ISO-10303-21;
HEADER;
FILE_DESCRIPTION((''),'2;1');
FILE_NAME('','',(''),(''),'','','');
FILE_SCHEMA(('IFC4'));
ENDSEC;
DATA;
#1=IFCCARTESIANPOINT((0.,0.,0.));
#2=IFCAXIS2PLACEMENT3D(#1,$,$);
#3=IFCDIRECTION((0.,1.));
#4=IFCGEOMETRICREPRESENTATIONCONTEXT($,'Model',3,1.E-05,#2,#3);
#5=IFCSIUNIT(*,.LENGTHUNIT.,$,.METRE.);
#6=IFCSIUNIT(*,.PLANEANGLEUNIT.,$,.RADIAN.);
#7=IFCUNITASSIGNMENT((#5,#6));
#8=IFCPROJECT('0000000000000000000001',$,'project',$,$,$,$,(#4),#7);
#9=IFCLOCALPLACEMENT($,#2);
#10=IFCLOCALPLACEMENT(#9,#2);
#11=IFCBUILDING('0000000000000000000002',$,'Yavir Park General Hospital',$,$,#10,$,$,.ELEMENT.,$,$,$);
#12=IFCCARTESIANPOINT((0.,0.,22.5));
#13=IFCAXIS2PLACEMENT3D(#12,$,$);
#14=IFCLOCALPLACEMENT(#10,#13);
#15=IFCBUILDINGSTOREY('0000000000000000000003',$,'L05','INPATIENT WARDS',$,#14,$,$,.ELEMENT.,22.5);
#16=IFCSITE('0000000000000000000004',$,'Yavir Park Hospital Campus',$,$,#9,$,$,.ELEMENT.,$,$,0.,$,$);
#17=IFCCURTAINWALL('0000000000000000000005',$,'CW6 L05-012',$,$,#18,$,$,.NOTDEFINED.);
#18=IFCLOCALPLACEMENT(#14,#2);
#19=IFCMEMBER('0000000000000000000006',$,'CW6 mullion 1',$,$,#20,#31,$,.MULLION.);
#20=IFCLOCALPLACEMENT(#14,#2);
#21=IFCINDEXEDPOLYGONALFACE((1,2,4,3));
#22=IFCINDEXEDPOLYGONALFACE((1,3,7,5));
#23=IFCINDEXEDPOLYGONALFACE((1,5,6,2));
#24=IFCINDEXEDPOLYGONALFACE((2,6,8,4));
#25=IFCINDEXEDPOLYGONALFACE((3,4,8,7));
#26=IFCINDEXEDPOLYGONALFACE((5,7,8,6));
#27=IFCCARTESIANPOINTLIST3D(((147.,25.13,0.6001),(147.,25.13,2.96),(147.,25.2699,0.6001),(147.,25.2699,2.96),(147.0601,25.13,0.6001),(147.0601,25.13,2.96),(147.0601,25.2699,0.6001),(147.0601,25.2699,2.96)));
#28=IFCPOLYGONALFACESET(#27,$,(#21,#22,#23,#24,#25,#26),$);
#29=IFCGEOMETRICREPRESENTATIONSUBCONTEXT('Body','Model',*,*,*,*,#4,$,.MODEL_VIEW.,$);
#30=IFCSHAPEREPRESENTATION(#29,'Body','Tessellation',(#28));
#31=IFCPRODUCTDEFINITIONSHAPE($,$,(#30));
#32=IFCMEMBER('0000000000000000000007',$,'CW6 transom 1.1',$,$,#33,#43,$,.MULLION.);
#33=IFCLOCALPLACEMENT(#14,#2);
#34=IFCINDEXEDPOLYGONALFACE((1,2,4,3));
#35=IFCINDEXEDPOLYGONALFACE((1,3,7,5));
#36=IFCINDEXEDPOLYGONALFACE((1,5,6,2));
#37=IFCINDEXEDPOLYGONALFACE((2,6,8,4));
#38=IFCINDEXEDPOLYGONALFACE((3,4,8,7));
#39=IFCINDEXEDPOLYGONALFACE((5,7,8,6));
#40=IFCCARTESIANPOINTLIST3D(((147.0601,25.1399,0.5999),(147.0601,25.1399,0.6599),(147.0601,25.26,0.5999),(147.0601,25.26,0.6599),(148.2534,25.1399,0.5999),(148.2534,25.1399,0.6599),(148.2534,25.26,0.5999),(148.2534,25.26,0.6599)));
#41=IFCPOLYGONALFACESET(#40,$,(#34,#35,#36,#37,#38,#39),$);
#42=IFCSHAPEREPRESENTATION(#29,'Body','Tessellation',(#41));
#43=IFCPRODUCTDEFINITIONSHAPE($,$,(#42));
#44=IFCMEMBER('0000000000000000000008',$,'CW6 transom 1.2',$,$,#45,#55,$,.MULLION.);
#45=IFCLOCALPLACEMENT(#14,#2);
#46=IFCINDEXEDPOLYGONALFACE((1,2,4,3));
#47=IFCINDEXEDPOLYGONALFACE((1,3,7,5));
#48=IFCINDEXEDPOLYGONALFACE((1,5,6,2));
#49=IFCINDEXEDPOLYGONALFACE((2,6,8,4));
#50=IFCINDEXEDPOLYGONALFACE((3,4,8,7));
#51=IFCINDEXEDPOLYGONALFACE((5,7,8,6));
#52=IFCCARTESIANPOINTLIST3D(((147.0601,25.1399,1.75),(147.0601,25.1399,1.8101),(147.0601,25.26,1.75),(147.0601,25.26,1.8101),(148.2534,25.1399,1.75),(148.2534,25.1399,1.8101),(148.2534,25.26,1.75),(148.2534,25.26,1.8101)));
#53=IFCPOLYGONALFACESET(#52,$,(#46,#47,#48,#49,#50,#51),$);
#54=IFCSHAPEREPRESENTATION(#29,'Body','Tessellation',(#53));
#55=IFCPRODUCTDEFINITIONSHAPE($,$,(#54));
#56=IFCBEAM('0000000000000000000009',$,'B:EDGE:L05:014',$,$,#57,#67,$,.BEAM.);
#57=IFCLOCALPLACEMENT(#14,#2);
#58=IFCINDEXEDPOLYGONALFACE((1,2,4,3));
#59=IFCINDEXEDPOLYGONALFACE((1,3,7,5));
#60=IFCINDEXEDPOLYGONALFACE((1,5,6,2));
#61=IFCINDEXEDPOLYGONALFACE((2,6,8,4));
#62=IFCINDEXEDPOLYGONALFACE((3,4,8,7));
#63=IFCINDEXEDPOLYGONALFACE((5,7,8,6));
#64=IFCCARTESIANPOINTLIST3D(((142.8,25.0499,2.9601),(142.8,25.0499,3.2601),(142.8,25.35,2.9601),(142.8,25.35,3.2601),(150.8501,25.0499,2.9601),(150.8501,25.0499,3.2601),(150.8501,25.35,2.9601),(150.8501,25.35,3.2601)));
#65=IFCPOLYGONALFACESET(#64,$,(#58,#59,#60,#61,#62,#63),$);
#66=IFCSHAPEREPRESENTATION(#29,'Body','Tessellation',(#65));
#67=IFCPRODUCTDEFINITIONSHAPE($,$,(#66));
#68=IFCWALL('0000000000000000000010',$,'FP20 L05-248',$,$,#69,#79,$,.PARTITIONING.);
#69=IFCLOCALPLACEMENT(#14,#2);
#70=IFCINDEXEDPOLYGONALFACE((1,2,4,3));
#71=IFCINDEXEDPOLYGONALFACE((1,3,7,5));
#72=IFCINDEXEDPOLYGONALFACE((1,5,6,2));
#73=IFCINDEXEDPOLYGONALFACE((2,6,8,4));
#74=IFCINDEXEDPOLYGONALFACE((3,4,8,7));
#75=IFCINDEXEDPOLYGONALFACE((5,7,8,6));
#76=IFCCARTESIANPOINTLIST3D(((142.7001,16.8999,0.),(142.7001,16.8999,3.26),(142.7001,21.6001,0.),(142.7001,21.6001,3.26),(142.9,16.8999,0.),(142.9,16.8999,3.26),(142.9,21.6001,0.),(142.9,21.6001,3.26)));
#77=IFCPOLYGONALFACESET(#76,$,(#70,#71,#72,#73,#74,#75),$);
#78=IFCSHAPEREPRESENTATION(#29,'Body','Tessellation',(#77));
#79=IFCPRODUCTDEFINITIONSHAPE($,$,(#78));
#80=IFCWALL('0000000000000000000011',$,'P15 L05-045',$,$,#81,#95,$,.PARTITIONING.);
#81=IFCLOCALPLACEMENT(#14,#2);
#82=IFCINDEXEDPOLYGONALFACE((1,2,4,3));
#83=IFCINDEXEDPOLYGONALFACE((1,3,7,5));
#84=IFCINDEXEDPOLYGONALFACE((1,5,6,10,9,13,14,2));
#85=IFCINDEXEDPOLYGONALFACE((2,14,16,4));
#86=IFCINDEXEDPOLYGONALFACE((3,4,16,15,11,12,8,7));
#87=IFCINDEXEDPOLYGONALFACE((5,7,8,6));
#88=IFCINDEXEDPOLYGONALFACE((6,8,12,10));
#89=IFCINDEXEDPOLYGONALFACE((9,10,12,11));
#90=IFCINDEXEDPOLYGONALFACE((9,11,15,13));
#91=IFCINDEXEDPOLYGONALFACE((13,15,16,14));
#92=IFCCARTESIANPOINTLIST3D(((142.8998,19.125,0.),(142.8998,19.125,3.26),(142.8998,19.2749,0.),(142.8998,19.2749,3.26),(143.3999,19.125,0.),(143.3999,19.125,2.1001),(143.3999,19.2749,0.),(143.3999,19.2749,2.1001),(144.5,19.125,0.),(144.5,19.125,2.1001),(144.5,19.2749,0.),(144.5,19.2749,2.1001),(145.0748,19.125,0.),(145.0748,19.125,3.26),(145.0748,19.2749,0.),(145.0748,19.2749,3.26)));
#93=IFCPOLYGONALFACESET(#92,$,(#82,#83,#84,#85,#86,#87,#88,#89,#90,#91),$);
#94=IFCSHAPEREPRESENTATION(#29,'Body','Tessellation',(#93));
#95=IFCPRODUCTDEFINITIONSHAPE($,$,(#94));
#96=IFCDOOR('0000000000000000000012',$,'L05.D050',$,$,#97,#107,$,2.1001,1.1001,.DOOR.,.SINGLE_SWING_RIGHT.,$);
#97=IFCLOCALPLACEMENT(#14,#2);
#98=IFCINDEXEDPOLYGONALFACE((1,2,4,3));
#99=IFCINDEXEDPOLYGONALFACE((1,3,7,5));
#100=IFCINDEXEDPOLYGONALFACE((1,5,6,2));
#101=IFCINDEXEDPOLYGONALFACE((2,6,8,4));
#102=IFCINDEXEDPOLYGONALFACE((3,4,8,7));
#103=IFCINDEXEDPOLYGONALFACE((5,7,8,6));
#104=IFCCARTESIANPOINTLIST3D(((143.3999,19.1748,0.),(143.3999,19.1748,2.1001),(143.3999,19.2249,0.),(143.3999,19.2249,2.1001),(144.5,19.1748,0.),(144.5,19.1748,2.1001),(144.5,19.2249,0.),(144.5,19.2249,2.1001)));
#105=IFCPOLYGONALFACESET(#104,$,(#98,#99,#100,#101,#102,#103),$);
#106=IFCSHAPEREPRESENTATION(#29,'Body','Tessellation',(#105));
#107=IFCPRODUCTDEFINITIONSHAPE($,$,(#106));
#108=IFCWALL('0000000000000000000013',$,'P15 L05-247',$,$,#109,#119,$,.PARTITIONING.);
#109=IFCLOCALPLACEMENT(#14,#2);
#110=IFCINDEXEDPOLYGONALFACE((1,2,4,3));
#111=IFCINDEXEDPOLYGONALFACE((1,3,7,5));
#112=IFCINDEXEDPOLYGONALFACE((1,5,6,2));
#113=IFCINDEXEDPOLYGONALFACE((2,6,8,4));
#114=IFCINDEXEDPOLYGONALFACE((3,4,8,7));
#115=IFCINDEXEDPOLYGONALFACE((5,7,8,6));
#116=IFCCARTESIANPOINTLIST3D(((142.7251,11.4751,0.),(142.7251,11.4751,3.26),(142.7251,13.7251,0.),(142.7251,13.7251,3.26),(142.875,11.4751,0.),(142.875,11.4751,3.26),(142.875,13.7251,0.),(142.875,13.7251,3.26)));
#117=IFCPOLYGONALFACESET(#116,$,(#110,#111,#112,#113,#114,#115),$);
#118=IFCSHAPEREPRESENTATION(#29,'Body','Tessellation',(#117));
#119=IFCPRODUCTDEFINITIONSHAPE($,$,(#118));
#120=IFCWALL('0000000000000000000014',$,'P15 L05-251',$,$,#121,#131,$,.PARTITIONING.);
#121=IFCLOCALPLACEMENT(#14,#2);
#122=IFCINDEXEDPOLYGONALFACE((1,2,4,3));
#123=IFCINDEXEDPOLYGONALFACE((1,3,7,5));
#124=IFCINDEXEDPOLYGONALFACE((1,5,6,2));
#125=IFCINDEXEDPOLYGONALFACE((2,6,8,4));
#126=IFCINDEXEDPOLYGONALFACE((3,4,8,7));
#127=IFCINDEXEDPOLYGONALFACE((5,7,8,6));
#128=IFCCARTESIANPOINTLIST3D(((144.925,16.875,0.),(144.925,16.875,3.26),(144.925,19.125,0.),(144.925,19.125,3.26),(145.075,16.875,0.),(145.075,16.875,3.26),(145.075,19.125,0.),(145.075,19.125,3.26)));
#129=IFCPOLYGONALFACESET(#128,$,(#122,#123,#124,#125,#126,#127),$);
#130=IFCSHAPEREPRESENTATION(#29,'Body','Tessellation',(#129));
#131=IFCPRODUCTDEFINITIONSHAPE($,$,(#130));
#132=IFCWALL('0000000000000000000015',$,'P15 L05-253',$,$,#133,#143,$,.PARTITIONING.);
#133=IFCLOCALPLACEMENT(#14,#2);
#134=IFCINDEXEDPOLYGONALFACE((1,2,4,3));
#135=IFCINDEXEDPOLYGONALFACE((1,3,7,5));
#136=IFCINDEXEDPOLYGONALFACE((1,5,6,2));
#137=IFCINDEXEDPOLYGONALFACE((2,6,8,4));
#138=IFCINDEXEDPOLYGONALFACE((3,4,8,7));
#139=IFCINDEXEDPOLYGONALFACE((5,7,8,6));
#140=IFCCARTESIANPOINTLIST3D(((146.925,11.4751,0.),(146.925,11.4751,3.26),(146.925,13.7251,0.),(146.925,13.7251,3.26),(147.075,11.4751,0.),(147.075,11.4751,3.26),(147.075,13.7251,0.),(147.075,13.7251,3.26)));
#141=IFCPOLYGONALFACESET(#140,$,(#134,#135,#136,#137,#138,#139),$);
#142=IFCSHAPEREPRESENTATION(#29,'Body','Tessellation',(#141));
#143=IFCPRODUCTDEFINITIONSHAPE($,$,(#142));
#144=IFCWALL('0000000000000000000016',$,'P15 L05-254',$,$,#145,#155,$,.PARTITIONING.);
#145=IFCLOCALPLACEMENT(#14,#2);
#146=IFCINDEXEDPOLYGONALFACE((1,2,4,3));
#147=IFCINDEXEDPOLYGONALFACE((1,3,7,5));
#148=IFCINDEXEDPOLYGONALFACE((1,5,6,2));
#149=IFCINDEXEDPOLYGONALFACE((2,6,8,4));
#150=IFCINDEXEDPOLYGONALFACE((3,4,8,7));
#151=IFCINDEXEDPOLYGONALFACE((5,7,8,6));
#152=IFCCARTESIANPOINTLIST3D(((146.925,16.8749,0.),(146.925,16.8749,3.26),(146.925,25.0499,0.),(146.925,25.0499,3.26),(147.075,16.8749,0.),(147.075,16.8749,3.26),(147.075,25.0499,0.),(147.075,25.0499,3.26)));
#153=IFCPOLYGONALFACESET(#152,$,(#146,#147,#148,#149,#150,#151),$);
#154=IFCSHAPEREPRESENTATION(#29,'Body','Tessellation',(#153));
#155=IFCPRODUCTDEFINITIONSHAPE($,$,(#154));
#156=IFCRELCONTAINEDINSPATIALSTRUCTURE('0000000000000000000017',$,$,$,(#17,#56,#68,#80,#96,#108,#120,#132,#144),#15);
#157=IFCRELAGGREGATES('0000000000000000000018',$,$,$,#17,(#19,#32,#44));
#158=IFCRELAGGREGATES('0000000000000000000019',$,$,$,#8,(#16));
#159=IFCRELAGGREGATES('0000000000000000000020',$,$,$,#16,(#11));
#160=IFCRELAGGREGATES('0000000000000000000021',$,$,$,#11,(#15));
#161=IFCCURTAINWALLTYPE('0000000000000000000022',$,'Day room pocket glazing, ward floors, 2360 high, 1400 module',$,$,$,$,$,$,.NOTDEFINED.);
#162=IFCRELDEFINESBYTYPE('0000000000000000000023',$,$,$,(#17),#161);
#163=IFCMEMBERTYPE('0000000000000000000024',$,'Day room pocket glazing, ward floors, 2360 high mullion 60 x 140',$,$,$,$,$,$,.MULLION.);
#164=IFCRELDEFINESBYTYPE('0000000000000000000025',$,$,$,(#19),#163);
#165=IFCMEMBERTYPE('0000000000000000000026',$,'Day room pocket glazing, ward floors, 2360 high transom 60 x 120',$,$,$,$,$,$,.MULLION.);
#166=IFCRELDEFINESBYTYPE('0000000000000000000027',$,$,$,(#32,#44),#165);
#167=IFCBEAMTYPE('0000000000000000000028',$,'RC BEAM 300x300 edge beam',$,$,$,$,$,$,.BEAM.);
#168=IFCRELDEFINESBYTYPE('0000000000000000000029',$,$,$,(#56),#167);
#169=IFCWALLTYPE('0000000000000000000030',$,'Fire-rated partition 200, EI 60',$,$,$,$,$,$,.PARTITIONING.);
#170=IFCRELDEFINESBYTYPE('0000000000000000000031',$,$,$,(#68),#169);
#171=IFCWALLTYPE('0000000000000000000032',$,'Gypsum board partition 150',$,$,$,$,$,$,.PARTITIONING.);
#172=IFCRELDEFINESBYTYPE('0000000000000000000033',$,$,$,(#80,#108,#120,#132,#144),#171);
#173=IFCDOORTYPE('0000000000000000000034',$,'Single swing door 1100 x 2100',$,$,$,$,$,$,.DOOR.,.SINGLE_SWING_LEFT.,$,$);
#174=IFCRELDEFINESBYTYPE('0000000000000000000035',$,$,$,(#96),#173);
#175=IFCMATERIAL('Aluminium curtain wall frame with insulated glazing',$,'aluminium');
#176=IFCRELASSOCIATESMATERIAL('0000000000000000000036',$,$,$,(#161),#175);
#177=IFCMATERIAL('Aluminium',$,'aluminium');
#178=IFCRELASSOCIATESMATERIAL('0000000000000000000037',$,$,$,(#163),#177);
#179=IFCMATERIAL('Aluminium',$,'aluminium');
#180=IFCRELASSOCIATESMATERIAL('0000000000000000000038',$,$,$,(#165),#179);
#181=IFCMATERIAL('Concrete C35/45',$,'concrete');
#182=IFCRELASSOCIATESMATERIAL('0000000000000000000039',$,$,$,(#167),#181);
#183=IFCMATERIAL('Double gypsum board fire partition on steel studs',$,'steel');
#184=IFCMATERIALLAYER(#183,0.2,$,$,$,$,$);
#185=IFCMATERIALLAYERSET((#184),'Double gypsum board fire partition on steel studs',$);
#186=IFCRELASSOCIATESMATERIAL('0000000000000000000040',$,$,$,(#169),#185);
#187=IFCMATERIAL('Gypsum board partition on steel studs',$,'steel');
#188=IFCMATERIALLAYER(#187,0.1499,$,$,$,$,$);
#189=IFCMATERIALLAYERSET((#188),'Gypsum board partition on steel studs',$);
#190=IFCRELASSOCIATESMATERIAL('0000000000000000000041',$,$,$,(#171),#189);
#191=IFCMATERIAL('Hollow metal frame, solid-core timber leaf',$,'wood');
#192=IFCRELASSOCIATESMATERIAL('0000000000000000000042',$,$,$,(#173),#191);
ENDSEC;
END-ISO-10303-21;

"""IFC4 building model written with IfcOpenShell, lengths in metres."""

from ifc_helpers import new_model, si_unit, direction, frame, frame_2d, origin, origin_2d, place, context, subcontext, project, spatial, rectangle, extrude, material, layer, layer_set, material_profile, profile_set, type_object, element, fill, aggregate, save


model = new_model("IFC4")

# Units and contexts
model_context = context("Model", 3, precision=1e-05, world=origin(), true_north=direction((0.0, 1.0)))
body_context = subcontext(model_context, "Body", "Model", "MODEL_VIEW")
ifc_project = project(units=[si_unit("LENGTHUNIT", "METRE"), si_unit("PLANEANGLEUNIT", "RADIAN")], contexts=[model_context])

# Site, building, storey
site_placement = place(None, origin())
site = spatial("IfcSite", under=ifc_project, at=site_placement, Name="Yavir Park Hospital Campus", CompositionType="ELEMENT", RefElevation=0.0)
building_placement = place(site_placement, origin())
building = spatial("IfcBuilding", under=site, at=building_placement, Name="Yavir Park General Hospital", CompositionType="ELEMENT")
storey_placement = place(building_placement, frame((0.0, 0.0, 22.5)))
storey = spatial("IfcBuildingStorey", under=building, at=storey_placement, Name="L05", Description="INPATIENT WARDS", CompositionType="ELEMENT", Elevation=22.5)

# Curtain wall, members
ifc_material_1 = material(Name="Aluminium curtain wall frame with insulated glazing", Category="aluminium")
curtain_wall_type = type_object("IfcCurtainWallType", Name="Day room pocket glazing, ward floors, 2360 high, 1400 module", PredefinedType="NOTDEFINED", material=ifc_material_1)
curtain_wall_placement = place(storey_placement, origin())
curtain_wall = element("IfcCurtainWall", 1, at=curtain_wall_placement, inside=storey, type_object=curtain_wall_type, Name="CW6 L05-012", PredefinedType="NOTDEFINED")
ifc_material_2 = material(Name="Aluminium", Category="aluminium")
ifc_material_profile_1 = material_profile(ifc_material_2, rectangle(XDim=0.1399, YDim=0.0601, at=origin_2d()), Name="AL 60x140")
ifc_profile_set_1 = profile_set([ifc_material_profile_1], Name="Aluminium")
member_type_1 = type_object("IfcMemberType", Name="Day room pocket glazing, ward floors, 2360 high mullion 60 x 140", PredefinedType="MULLION", material=ifc_profile_set_1)
member_1_placement = place(storey_placement, frame((147.03, 25.2, 0.6001), z_axis=(0.0, 0.0, 1.0), x_axis=(0.0, 1.0, 0.0)))
member_1 = element("IfcMember", 2, at=member_1_placement, type_object=member_type_1, Name="CW6 mullion 1", PredefinedType="MULLION", context=body_context, shape_type="SweptSolid", body=[
    extrude(rectangle(XDim=0.1399, YDim=0.0601, at=origin_2d()), origin(), (0.0, 0.0, 1.0), 2.3599),
])
ifc_material_3 = material(Name="Aluminium", Category="aluminium")
ifc_material_profile_2 = material_profile(ifc_material_3, rectangle(XDim=0.1201, YDim=0.0601, at=origin_2d()), Name="AL 120x60")
ifc_profile_set_2 = profile_set([ifc_material_profile_2], Name="Aluminium")
member_type_2 = type_object("IfcMemberType", Name="Day room pocket glazing, ward floors, 2360 high transom 60 x 120", PredefinedType="MULLION", material=ifc_profile_set_2)
member_2_placement = place(storey_placement, frame((147.0601, 25.2, 0.6299), z_axis=(1.0, 0.0, 0.0), x_axis=(0.0, 1.0, 0.0)))
member_2 = element("IfcMember", 3, at=member_2_placement, type_object=member_type_2, Name="CW6 transom 1.1", PredefinedType="MULLION", context=body_context, shape_type="SweptSolid", body=[
    extrude(rectangle(XDim=0.1201, YDim=0.0601, at=origin_2d()), origin(), (0.0, 0.0, 1.0), 1.1934),
])
member_3_placement = place(storey_placement, frame((147.0601, 25.2, 1.78), z_axis=(1.0, 0.0, 0.0), x_axis=(0.0, 1.0, 0.0)))
member_3 = element("IfcMember", 4, at=member_3_placement, type_object=member_type_2, Name="CW6 transom 1.2", PredefinedType="MULLION", context=body_context, shape_type="SweptSolid", body=[
    extrude(rectangle(XDim=0.1201, YDim=0.0601, at=origin_2d()), origin(), (0.0, 0.0, 1.0), 1.1934),
])
aggregate(curtain_wall, [member_1, member_2, member_3])

# Beam
ifc_material_4 = material(Name="Concrete C35/45", Category="concrete")
ifc_material_profile_3 = material_profile(ifc_material_4, rectangle(XDim=0.3, YDim=0.3, at=origin_2d()), Name="RC300x300")
ifc_profile_set_3 = profile_set([ifc_material_profile_3], Name="Concrete C35/45")
beam_type = type_object("IfcBeamType", Name="RC BEAM 300x300 edge beam", PredefinedType="BEAM", material=ifc_profile_set_3)
beam_placement = place(storey_placement, frame((142.8, 25.2, 3.1101), z_axis=(1.0, 0.0, 0.0), x_axis=(0.0, 1.0, 0.0)))
element("IfcBeam", 5, at=beam_placement, inside=storey, type_object=beam_type, Name="B:EDGE:L05:014", PredefinedType="BEAM", context=body_context, shape_type="SweptSolid", body=[
    extrude(rectangle(XDim=0.3, YDim=0.3, at=origin_2d()), origin(), (0.0, 0.0, 1.0), 8.05),
])

# Wall
ifc_material_5 = material(Name="Double gypsum board fire partition on steel studs", Category="steel")
ifc_layer_1 = layer(ifc_material_5, 0.2)
ifc_layer_set_1 = layer_set([ifc_layer_1], Name="Double gypsum board fire partition on steel studs")
wall_type_1 = type_object("IfcWallType", Name="Fire-rated partition 200, EI 60", PredefinedType="PARTITIONING", material=ifc_layer_set_1)
wall_1_placement = place(storey_placement, frame((142.8, 16.8999, 0.0), z_axis=(0.0, 0.0, 1.0), x_axis=(0.0, 1.0, 0.0)))
element("IfcWall", 6, at=wall_1_placement, inside=storey, type_object=wall_type_1, Name="FP20 L05-248", PredefinedType="PARTITIONING", context=body_context, shape_type="SweptSolid", body=[
    extrude(rectangle(XDim=4.7002, YDim=0.2, at=frame_2d((2.3501, 0.0))), origin(), (0.0, 0.0, 1.0), 3.26),
])

# Wall, opening, door
ifc_material_6 = material(Name="Gypsum board partition on steel studs", Category="steel")
ifc_layer_2 = layer(ifc_material_6, 0.1499)
ifc_layer_set_2 = layer_set([ifc_layer_2], Name="Gypsum board partition on steel studs")
wall_type_2 = type_object("IfcWallType", Name="Gypsum board partition 150", PredefinedType="PARTITIONING", material=ifc_layer_set_2)
wall_2_placement = place(storey_placement, frame((142.8999, 19.2, 0.0), z_axis=(0.0, 0.0, 1.0), x_axis=(1.0, 0.0, 0.0)))
wall_2 = element("IfcWall", 7, at=wall_2_placement, inside=storey, type_object=wall_type_2, Name="P15 L05-045", PredefinedType="PARTITIONING", context=body_context, shape_type="SweptSolid", body=[
    extrude(rectangle(XDim=2.175, YDim=0.1499, at=frame_2d((1.0874, 0.0))), origin(), (0.0, 0.0, 1.0), 3.26),
])
opening_1_placement = place(wall_2_placement, frame((0.5, 0.0, 0.0)))
opening_1 = element("IfcOpeningElement", 8, at=opening_1_placement, cuts=wall_2, PredefinedType="OPENING", context=body_context, shape_type="SweptSolid", body=[
    extrude(rectangle(XDim=1.1001, YDim=2.1001, at=frame_2d((0.55, 1.05))), frame((0.0, 0.085, 0.0), z_axis=(0.0, -1.0, 0.0), x_axis=(1.0, 0.0, 0.0)), (0.0, 0.0, 1.0), 0.1699),
])
ifc_material_7 = material(Name="Hollow metal frame, solid-core timber leaf", Category="wood")
door_type_1 = type_object("IfcDoorType", Name="Single swing door 1100 x 2100", OperationType="SINGLE_SWING_LEFT", PredefinedType="DOOR", material=ifc_material_7)
door_1_placement = place(opening_1_placement, origin())
door_1 = element("IfcDoor", 9, at=door_1_placement, inside=storey, type_object=door_type_1, Name="L05.D050", OperationType="SINGLE_SWING_RIGHT", OverallHeight=2.1001, OverallWidth=1.1001, PredefinedType="DOOR", context=body_context, shape_type="SweptSolid", body=[
    extrude(rectangle(XDim=1.1001, YDim=2.1001, at=frame_2d((0.55, 1.05))), frame((0.0, 0.0249, 0.0), z_axis=(0.0, -1.0, 0.0), x_axis=(1.0, 0.0, 0.0)), (0.0, 0.0, 1.0), 0.05),
])
fill(opening_1, door_1)

# Walls
for number, where, z_axis, x_axis, name in (
    (10, (142.8, 11.4751, 0.0), (0.0, 0.0, 1.0), (0.0, 1.0, 0.0), "P15 L05-247"),
    (11, (145.0, 16.875, 0.0), (0.0, 0.0, 1.0), (0.0, 1.0, 0.0), "P15 L05-251"),
    (12, (147.0, 11.4751, 0.0), (0.0, 0.0, 1.0), (0.0, 1.0, 0.0), "P15 L05-253"),
):
    element("IfcWall", number, at=place(storey_placement, frame(where, z_axis=z_axis, x_axis=x_axis)), inside=storey, type_object=wall_type_2, Name=name, PredefinedType="PARTITIONING", context=body_context, shape_type="SweptSolid", body=[
        extrude(rectangle(XDim=2.25, YDim=0.1499, at=frame_2d((1.125, 0.0))), origin(), (0.0, 0.0, 1.0), 3.26),
    ])
wall_3_placement = place(storey_placement, frame((147.0, 16.875, 0.0), z_axis=(0.0, 0.0, 1.0), x_axis=(0.0, 1.0, 0.0)))
element("IfcWall", 13, at=wall_3_placement, inside=storey, type_object=wall_type_2, Name="P15 L05-254", PredefinedType="PARTITIONING", context=body_context, shape_type="SweptSolid", body=[
    extrude(rectangle(XDim=8.175, YDim=0.1499, at=frame_2d((4.0874, 0.0))), origin(), (0.0, 0.0, 1.0), 3.26),
])

save(model, "model.ifc")
